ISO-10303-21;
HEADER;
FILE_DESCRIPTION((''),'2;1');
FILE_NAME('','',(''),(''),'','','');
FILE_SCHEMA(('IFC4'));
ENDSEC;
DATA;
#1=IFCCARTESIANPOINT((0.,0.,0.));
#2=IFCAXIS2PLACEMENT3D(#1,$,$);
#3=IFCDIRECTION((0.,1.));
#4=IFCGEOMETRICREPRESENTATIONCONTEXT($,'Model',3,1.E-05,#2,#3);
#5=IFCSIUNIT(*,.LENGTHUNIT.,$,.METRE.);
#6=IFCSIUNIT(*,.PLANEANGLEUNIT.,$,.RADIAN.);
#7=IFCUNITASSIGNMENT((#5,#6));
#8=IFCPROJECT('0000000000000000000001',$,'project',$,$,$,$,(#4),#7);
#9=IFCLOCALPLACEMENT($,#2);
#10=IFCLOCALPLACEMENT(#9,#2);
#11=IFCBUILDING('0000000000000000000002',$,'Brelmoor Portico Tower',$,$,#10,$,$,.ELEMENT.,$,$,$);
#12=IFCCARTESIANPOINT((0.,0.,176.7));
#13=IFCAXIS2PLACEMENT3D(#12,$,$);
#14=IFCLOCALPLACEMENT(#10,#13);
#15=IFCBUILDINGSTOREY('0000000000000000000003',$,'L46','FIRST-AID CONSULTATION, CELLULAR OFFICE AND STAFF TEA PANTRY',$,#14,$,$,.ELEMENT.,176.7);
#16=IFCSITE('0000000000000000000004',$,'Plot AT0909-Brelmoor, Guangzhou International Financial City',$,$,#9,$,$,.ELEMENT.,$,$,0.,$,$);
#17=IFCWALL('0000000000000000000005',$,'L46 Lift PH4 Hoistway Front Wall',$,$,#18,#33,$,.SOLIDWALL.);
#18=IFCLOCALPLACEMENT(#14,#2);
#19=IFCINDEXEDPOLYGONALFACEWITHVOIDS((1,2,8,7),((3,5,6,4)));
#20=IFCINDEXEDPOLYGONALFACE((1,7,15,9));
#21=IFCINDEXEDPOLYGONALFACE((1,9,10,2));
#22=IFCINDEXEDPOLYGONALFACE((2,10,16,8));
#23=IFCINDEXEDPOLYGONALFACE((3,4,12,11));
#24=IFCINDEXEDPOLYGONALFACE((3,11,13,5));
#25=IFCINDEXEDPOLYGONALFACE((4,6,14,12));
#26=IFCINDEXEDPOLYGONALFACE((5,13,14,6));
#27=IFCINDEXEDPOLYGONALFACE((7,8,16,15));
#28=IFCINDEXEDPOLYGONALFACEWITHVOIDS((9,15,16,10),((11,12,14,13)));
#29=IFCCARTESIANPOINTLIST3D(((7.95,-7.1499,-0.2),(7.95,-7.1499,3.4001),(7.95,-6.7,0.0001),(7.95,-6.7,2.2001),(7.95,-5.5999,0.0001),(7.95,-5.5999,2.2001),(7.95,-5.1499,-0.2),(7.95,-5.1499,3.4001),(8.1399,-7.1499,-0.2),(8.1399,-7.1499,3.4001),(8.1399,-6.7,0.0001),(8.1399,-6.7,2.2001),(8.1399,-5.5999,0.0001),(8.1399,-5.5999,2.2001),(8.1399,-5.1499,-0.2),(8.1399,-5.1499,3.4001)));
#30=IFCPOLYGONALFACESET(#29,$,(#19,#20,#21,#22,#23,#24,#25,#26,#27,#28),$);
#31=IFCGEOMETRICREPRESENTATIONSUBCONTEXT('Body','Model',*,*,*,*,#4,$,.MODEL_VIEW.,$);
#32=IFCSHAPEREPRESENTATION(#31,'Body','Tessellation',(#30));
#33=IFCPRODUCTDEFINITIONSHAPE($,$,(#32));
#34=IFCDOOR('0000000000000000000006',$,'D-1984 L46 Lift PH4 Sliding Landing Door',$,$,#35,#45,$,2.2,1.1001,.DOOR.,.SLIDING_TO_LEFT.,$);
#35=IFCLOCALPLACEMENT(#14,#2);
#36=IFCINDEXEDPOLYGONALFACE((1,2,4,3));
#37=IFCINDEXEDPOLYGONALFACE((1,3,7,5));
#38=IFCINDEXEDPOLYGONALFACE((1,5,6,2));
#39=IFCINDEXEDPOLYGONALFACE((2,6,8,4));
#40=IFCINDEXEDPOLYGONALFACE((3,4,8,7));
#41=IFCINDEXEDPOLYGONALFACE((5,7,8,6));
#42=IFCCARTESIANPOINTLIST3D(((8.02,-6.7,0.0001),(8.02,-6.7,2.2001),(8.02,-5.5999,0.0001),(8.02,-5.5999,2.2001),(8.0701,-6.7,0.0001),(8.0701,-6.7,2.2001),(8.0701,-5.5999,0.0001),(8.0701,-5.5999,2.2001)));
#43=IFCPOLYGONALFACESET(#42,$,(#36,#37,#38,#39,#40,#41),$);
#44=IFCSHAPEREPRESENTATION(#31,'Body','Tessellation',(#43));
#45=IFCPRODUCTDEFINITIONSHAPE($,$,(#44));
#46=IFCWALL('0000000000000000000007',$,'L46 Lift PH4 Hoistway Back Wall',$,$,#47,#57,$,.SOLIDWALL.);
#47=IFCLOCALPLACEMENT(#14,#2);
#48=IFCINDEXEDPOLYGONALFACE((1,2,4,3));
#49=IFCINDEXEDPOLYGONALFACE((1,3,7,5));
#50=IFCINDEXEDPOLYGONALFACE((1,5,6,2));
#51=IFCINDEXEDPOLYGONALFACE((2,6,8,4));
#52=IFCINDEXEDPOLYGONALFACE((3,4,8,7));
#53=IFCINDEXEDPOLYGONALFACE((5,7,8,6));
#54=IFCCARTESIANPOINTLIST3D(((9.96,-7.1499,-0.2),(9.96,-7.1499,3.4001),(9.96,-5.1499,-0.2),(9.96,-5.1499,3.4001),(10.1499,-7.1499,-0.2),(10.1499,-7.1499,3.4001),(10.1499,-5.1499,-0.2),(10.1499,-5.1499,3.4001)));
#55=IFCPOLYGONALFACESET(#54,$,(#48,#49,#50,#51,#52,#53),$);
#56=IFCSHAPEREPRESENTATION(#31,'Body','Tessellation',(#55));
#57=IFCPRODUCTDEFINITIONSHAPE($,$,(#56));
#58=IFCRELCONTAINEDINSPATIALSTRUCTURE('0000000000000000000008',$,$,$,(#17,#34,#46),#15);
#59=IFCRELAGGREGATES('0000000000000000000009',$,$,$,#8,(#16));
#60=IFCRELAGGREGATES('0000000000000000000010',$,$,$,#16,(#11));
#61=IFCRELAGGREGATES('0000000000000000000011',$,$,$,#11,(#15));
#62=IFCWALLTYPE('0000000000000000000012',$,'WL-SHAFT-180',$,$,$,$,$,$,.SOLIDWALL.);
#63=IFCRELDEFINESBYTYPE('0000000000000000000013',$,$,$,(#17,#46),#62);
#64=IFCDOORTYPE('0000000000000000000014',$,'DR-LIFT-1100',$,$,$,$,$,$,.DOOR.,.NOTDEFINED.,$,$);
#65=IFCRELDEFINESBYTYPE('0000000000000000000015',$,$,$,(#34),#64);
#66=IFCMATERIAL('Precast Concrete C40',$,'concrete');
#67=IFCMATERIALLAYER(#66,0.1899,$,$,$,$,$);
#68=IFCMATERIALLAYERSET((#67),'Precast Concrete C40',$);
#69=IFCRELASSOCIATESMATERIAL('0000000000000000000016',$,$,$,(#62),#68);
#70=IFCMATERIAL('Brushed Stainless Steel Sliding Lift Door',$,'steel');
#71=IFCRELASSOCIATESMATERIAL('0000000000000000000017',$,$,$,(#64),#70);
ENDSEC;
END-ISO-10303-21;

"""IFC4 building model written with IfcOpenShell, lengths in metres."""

from ifc_helpers import new_model, si_unit, direction, frame, frame_2d, origin, place, context, subcontext, project, spatial, rectangle, extrude, material, layer, layer_set, type_object, element, fill, save


model = new_model("IFC4")

# Units and contexts
model_context = context("Model", 3, precision=1e-05, world=origin(), true_north=direction((0.0, 1.0)))
body_context = subcontext(model_context, "Body", "Model", "MODEL_VIEW")
ifc_project = project(units=[si_unit("LENGTHUNIT", "METRE"), si_unit("PLANEANGLEUNIT", "RADIAN")], contexts=[model_context])

# Site, building, storey
site_placement = place(None, origin())
site = spatial("IfcSite", under=ifc_project, at=site_placement, Name="Plot AT0909-Brelmoor, Guangzhou International Financial City", CompositionType="ELEMENT", RefElevation=0.0)
building_placement = place(site_placement, origin())
building = spatial("IfcBuilding", under=site, at=building_placement, Name="Brelmoor Portico Tower", CompositionType="ELEMENT")
storey_placement = place(building_placement, frame((0.0, 0.0, 176.7)))
storey = spatial("IfcBuildingStorey", under=building, at=storey_placement, Name="L46", Description="FIRST-AID CONSULTATION, CELLULAR OFFICE AND STAFF TEA PANTRY", CompositionType="ELEMENT", Elevation=176.7)

# Shared definitions
ifc_material_1 = material(Name="Precast Concrete C40", Category="concrete")
ifc_layer_1 = layer(ifc_material_1, 0.1899)
ifc_layer_set_1 = layer_set([ifc_layer_1], Name="Precast Concrete C40")
wall_type_1 = type_object("IfcWallType", Name="WL-SHAFT-180", PredefinedType="SOLIDWALL", material=ifc_layer_set_1)
ifc_material_2 = material(Name="Brushed Stainless Steel Sliding Lift Door", Category="steel")
door_type_1 = type_object("IfcDoorType", Name="DR-LIFT-1100", OperationType="NOTDEFINED", PredefinedType="DOOR", material=ifc_material_2)

# Wall, opening, door
wall_1_placement = place(storey_placement, frame((8.0449, -7.1499, -0.2), z_axis=(0.0, 0.0, 1.0), x_axis=(0.0, 1.0, 0.0)))
wall_1 = element("IfcWall", 1, at=wall_1_placement, inside=storey, type_object=wall_type_1, Name="L46 Lift PH4 Hoistway Front Wall", PredefinedType="SOLIDWALL", context=body_context, shape_type="SweptSolid", body=[
    extrude(rectangle(XDim=2.0, YDim=0.1899, at=frame_2d((1.0, 0.0))), origin(), (0.0, 0.0, 1.0), 3.6001),
])
opening_1_placement = place(wall_1_placement, frame((0.45, 0.0, 0.2)))
opening_1 = element("IfcOpeningElement", 2, at=opening_1_placement, cuts=wall_1, PredefinedType="OPENING", context=body_context, shape_type="SweptSolid", body=[
    extrude(rectangle(XDim=1.1001, YDim=2.2, at=frame_2d((0.55, 1.1001))), frame((0.0, 0.105, 0.0), z_axis=(0.0, -1.0, 0.0), x_axis=(1.0, 0.0, 0.0)), (0.0, 0.0, 1.0), 0.21),
])
door_1_placement = place(opening_1_placement, origin())
door_1 = element("IfcDoor", 3, at=door_1_placement, inside=storey, type_object=door_type_1, Name="D-1984 L46 Lift PH4 Sliding Landing Door", OperationType="SLIDING_TO_LEFT", OverallHeight=2.2, OverallWidth=1.1001, PredefinedType="DOOR", context=body_context, shape_type="SweptSolid", body=[
    extrude(rectangle(XDim=1.1001, YDim=2.2, at=frame_2d((0.55, 1.1001))), frame((0.0, 0.0249, 0.0), z_axis=(0.0, -1.0, 0.0), x_axis=(1.0, 0.0, 0.0)), (0.0, 0.0, 1.0), 0.05),
])
fill(opening_1, door_1)

# Wall
wall_2_placement = place(storey_placement, frame((10.0549, -7.1499, -0.2), z_axis=(0.0, 0.0, 1.0), x_axis=(0.0, 1.0, 0.0)))
element("IfcWall", 4, at=wall_2_placement, inside=storey, type_object=wall_type_1, Name="L46 Lift PH4 Hoistway Back Wall", PredefinedType="SOLIDWALL", context=body_context, shape_type="SweptSolid", body=[
    extrude(rectangle(XDim=2.0, YDim=0.1899, at=frame_2d((1.0, 0.0))), origin(), (0.0, 0.0, 1.0), 3.6001),
])

save(model, "model.ifc")
